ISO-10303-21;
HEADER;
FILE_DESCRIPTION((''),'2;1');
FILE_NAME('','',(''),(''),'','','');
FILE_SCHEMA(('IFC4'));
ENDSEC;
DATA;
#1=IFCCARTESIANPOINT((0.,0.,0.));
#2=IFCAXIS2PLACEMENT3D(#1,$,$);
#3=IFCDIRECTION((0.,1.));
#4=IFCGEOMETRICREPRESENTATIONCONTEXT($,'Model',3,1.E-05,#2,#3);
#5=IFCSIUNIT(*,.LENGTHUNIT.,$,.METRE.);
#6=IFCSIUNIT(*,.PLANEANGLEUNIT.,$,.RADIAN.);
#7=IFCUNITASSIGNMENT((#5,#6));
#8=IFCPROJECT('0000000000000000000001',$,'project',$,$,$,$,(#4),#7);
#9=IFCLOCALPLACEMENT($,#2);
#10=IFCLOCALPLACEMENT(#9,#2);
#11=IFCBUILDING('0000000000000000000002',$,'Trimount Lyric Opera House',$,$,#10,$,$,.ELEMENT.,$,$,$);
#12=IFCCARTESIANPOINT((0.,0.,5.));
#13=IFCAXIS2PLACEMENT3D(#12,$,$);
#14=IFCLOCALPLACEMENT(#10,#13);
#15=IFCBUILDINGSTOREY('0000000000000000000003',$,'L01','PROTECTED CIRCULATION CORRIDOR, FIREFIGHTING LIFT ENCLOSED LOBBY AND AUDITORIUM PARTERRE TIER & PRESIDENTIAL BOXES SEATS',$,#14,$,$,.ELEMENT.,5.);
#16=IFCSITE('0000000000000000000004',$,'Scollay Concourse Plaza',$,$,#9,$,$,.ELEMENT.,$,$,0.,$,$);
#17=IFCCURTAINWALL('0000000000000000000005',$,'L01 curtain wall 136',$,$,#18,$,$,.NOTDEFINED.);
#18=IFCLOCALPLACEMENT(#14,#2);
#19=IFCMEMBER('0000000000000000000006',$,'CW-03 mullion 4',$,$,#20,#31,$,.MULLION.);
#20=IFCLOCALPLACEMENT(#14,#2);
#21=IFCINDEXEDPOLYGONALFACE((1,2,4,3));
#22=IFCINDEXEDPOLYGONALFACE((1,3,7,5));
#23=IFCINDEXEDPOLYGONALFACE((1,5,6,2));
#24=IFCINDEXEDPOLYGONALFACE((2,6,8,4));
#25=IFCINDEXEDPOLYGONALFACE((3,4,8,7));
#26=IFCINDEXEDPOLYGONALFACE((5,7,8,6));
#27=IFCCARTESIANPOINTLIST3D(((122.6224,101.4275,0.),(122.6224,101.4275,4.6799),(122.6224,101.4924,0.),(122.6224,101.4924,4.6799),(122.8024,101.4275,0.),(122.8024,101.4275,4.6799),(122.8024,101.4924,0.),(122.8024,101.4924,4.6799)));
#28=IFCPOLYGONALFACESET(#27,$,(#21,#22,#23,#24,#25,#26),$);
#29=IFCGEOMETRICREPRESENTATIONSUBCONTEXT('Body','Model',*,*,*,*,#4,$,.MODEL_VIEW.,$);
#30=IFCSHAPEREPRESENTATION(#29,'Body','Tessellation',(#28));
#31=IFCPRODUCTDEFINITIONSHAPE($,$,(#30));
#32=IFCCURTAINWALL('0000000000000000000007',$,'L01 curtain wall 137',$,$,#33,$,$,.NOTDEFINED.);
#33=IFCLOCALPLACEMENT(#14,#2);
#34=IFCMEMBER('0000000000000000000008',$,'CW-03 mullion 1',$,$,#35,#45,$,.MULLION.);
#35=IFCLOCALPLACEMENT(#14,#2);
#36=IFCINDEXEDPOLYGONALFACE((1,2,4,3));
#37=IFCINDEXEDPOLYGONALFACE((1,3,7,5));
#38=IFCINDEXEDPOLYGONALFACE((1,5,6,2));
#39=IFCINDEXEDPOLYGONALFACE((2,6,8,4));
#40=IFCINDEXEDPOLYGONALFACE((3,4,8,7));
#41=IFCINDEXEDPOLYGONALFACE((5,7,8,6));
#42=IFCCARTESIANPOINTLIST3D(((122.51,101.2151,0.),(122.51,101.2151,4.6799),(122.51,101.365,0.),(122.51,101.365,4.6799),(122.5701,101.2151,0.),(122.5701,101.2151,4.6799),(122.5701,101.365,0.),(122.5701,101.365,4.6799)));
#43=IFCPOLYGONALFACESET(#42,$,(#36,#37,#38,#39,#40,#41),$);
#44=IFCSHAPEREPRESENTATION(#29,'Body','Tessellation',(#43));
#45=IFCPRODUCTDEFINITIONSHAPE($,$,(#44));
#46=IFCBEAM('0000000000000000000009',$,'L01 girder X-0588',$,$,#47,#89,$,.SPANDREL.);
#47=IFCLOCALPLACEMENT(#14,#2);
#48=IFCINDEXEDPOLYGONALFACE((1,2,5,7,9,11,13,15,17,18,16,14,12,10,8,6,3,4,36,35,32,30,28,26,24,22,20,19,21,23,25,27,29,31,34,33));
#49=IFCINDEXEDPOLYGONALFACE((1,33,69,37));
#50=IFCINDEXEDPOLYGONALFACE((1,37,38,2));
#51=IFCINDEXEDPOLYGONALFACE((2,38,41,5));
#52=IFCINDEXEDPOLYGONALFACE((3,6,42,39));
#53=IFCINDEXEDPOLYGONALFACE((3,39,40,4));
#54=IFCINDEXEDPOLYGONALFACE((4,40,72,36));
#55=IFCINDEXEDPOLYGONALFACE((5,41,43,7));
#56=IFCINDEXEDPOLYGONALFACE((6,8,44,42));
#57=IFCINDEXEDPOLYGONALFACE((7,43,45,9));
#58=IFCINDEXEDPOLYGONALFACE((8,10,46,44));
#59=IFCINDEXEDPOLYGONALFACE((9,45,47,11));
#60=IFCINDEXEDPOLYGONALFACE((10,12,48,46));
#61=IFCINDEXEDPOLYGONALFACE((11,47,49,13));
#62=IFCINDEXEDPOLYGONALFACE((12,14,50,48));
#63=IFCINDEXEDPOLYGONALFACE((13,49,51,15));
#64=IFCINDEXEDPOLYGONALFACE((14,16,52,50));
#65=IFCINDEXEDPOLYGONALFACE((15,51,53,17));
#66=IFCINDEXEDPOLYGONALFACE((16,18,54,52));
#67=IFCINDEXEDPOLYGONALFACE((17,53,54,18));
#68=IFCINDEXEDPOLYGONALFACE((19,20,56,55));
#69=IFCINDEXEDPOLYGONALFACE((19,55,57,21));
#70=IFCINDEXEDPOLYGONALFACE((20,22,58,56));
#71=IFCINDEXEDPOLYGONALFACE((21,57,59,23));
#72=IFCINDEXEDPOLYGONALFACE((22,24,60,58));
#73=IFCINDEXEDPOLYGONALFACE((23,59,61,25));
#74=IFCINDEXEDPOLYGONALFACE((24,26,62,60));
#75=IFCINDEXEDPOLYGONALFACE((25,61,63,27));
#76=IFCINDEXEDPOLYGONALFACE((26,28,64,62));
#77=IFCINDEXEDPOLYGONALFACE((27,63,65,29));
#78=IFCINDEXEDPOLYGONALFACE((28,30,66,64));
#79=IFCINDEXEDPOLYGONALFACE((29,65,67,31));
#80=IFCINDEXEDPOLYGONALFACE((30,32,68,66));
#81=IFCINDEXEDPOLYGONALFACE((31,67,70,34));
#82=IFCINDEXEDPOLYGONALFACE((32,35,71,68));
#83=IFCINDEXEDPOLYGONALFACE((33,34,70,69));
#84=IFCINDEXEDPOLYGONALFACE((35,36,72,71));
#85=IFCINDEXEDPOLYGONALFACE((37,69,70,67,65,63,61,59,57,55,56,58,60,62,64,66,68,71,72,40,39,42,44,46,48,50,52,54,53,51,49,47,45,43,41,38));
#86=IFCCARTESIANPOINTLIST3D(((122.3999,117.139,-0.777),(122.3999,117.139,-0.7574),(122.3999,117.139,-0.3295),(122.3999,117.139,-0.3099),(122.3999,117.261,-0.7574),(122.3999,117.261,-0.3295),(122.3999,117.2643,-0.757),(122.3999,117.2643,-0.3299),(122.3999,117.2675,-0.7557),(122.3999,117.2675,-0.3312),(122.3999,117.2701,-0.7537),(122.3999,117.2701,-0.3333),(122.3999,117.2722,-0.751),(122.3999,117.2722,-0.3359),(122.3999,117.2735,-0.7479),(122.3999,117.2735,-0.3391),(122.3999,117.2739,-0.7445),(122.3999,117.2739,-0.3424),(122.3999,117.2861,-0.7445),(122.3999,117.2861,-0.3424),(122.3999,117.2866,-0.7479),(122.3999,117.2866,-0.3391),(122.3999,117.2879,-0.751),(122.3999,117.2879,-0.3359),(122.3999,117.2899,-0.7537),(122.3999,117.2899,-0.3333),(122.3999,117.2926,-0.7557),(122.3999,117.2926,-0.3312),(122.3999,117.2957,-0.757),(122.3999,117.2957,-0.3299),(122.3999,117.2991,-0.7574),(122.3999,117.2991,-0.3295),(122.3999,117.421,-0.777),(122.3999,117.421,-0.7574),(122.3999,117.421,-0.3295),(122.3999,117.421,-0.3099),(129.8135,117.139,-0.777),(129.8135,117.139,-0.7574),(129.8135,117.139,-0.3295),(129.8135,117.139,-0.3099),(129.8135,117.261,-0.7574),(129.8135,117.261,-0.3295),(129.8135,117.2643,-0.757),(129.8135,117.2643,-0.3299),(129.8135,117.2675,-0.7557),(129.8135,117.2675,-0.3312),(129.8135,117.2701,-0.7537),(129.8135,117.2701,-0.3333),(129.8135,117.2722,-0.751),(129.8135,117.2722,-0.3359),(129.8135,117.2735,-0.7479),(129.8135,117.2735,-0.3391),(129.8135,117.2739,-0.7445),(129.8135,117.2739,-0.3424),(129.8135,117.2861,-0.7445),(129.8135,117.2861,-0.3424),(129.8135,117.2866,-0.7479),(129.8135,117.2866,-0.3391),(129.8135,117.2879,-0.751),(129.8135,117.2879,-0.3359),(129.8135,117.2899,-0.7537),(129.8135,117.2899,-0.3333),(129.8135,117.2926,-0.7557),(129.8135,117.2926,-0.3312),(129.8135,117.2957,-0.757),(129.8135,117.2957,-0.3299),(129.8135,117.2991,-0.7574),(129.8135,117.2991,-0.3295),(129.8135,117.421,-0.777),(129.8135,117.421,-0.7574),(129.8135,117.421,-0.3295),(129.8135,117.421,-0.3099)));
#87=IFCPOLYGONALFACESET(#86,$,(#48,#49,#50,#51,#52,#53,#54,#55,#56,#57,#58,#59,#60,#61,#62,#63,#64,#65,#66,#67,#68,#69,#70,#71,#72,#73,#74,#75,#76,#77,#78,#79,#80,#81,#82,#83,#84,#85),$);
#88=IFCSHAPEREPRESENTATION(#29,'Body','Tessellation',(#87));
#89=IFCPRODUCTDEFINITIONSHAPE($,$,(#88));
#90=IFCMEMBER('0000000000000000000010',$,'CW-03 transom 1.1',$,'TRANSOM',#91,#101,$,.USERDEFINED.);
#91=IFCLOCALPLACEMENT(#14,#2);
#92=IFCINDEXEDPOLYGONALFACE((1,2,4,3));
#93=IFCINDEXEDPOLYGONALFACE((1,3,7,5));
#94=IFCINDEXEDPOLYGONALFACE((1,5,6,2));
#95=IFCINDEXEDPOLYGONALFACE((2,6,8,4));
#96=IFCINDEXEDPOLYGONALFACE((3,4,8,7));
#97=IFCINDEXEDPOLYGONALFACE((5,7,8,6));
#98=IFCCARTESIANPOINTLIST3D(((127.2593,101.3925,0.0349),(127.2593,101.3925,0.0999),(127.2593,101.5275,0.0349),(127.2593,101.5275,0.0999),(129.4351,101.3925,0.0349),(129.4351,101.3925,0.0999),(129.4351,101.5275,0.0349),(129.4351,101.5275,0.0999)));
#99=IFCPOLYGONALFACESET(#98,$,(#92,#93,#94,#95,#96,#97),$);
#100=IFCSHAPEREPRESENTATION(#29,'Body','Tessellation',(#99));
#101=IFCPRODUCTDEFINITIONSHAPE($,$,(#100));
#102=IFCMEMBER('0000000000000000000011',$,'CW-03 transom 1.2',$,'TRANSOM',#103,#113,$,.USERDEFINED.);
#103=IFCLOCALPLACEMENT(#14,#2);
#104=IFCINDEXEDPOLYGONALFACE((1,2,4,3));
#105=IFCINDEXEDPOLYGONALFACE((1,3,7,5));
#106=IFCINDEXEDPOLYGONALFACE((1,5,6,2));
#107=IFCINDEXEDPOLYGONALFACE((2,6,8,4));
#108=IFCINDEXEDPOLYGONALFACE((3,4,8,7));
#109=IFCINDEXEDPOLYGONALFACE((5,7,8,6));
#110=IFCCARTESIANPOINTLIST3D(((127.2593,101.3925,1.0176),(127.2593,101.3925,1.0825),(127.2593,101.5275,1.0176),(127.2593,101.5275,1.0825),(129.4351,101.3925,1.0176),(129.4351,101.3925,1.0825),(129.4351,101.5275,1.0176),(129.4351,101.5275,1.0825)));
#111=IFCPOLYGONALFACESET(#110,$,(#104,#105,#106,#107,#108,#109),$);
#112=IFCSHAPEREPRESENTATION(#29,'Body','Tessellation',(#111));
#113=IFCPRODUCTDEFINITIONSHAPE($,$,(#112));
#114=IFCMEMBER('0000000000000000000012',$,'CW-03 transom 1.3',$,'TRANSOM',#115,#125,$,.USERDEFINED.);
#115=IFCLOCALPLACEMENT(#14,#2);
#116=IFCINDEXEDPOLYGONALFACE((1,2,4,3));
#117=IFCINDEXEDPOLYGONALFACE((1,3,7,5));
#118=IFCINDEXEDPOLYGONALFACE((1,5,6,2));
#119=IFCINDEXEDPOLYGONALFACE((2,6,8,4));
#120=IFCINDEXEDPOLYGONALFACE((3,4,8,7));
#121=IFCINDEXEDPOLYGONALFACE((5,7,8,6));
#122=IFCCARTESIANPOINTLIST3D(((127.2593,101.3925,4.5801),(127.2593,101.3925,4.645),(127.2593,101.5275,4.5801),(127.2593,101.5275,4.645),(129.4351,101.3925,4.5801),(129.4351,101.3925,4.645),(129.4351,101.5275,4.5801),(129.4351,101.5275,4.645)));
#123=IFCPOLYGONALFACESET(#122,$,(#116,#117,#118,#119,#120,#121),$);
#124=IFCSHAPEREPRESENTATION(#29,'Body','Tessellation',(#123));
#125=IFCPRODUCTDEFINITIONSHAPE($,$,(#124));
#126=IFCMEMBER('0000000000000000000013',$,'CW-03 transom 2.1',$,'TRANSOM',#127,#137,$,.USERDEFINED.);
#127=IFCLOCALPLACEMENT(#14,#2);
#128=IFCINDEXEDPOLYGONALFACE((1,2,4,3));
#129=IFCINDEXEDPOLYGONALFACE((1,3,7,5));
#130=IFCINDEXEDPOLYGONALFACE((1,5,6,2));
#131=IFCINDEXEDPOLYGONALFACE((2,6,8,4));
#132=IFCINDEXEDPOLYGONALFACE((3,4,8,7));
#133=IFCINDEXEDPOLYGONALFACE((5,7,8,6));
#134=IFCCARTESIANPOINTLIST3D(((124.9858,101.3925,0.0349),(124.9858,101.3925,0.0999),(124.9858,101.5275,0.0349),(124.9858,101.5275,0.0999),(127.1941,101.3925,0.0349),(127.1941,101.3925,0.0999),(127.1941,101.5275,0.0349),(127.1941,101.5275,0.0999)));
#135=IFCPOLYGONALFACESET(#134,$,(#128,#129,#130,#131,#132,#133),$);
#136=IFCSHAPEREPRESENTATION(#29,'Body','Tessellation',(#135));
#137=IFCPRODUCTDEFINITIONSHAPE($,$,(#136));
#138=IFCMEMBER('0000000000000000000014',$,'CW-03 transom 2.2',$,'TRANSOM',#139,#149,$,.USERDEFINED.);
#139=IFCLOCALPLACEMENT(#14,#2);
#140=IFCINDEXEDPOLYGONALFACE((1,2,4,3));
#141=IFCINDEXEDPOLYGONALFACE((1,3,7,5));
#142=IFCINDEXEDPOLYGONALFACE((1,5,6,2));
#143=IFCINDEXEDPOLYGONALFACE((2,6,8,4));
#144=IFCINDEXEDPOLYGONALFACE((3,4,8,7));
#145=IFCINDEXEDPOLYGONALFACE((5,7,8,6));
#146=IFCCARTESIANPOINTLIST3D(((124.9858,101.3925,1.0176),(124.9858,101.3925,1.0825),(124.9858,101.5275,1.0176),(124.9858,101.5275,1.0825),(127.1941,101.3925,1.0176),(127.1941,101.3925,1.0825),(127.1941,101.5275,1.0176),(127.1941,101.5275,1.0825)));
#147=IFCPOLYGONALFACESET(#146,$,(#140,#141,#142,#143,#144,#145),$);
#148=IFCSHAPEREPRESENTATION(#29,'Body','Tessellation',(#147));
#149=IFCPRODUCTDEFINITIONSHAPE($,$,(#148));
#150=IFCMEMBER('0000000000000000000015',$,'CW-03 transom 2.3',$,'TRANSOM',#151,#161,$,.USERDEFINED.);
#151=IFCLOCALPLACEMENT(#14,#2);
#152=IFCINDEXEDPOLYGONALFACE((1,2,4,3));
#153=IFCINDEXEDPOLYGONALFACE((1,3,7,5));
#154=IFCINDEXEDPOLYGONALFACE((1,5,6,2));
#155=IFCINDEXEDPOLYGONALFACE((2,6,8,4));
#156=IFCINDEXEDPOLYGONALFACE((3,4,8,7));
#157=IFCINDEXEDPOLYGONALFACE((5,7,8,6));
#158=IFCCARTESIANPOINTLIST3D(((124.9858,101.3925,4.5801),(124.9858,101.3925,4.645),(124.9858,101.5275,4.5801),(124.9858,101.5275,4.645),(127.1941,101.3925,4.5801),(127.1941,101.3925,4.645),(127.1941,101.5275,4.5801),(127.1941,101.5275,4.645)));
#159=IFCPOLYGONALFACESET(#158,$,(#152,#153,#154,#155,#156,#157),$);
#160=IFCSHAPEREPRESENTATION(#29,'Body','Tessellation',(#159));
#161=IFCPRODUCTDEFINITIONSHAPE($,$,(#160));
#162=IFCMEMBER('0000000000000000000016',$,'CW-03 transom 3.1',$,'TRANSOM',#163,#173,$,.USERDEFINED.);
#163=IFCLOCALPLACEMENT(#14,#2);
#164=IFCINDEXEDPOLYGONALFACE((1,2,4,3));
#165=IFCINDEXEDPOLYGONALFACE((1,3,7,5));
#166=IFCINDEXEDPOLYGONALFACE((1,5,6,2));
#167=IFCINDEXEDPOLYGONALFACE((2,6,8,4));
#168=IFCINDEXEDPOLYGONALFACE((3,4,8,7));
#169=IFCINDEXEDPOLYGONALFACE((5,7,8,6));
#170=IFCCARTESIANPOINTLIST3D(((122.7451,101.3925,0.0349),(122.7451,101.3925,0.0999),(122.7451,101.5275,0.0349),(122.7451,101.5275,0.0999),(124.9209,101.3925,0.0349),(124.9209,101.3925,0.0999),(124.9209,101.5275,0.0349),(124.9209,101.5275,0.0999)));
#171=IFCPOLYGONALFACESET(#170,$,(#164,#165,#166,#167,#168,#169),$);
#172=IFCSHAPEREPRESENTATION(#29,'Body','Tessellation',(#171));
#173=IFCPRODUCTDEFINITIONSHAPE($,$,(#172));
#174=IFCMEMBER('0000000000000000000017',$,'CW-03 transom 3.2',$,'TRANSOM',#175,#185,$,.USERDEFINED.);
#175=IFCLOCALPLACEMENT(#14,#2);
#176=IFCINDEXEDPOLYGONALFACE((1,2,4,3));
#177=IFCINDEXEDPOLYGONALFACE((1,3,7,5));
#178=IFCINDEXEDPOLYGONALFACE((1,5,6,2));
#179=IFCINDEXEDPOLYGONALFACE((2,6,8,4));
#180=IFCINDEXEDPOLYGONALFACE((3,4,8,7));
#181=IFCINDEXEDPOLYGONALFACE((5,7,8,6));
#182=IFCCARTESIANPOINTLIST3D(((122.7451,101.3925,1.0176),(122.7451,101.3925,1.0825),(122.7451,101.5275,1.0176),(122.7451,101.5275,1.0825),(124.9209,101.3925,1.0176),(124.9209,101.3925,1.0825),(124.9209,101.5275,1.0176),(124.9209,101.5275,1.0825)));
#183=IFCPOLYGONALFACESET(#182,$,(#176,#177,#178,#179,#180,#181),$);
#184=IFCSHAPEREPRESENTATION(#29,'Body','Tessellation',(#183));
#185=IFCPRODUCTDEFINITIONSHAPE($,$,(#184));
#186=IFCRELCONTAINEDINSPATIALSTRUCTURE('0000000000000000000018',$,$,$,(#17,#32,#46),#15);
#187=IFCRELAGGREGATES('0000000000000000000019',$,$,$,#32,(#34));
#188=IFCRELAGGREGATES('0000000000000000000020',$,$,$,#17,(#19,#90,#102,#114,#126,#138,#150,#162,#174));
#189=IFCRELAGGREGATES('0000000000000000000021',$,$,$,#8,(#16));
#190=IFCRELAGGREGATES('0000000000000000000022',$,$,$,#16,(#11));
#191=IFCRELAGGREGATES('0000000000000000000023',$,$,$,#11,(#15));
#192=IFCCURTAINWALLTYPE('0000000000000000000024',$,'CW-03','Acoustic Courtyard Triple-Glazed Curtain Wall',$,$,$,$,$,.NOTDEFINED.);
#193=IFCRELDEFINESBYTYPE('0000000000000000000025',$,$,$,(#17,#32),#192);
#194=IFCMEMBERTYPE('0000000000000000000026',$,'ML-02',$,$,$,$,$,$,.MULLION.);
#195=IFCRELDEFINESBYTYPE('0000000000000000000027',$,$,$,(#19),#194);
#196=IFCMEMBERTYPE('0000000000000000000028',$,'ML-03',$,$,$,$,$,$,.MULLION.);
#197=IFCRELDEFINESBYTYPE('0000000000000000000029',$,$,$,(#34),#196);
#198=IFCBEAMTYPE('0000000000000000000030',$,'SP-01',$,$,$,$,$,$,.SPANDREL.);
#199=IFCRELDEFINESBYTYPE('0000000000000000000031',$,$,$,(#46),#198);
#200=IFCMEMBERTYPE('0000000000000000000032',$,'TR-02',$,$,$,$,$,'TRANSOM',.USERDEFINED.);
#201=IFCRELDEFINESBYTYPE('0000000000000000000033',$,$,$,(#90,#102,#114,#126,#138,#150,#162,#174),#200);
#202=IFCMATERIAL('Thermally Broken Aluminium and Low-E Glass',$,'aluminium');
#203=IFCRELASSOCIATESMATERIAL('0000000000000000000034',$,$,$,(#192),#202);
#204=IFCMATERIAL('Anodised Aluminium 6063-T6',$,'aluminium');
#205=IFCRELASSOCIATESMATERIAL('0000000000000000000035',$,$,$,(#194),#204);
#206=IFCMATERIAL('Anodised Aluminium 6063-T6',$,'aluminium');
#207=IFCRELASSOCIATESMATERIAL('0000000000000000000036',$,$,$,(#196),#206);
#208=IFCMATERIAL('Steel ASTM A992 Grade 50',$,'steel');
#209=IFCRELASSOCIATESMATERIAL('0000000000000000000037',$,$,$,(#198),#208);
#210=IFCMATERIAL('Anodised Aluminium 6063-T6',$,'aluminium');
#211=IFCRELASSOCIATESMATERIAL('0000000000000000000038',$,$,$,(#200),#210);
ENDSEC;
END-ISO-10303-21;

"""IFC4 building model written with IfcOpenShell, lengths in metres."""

from ifc_helpers import new_model, si_unit, direction, frame, origin, origin_2d, place, context, subcontext, project, spatial, rectangle, i_section, extrude, material, material_profile, profile_set, type_object, element, aggregate, save


model = new_model("IFC4")

# Units and contexts
model_context = context("Model", 3, precision=1e-05, world=origin(), true_north=direction((0.0, 1.0)))
body_context = subcontext(model_context, "Body", "Model", "MODEL_VIEW")
ifc_project = project(units=[si_unit("LENGTHUNIT", "METRE"), si_unit("PLANEANGLEUNIT", "RADIAN")], contexts=[model_context])

# Site, building, storey
site_placement = place(None, origin())
site = spatial("IfcSite", under=ifc_project, at=site_placement, Name="Scollay Concourse Plaza", CompositionType="ELEMENT", RefElevation=0.0)
building_placement = place(site_placement, origin())
building = spatial("IfcBuilding", under=site, at=building_placement, Name="Trimount Lyric Opera House", CompositionType="ELEMENT")
storey_placement = place(building_placement, frame((0.0, 0.0, 5.0)))
storey = spatial("IfcBuildingStorey", under=building, at=storey_placement, Name="L01", Description="PROTECTED CIRCULATION CORRIDOR, FIREFIGHTING LIFT ENCLOSED LOBBY AND AUDITORIUM PARTERRE TIER & PRESIDENTIAL BOXES SEATS", CompositionType="ELEMENT", Elevation=5.0)

# Curtain wall, member
ifc_material_1 = material(Name="Thermally Broken Aluminium and Low-E Glass", Category="aluminium")
curtain_wall_type = type_object("IfcCurtainWallType", Name="CW-03", Description="Acoustic Courtyard Triple-Glazed Curtain Wall", PredefinedType="NOTDEFINED", material=ifc_material_1)
curtain_wall_1_placement = place(storey_placement, origin())
curtain_wall_1 = element("IfcCurtainWall", 1, at=curtain_wall_1_placement, inside=storey, type_object=curtain_wall_type, Name="L01 curtain wall 136", PredefinedType="NOTDEFINED")
ifc_material_2 = material(Name="Anodised Aluminium 6063-T6", Category="aluminium")
ifc_material_profile_1 = material_profile(ifc_material_2, rectangle(XDim=0.0649, YDim=0.1799, at=origin_2d()), Name="ALU-MULL-65X180")
ifc_profile_set_1 = profile_set([ifc_material_profile_1], Name="Anodised Aluminium 6063-T6")
member_type_1 = type_object("IfcMemberType", Name="ML-02", PredefinedType="MULLION", material=ifc_profile_set_1)
member_1_placement = place(storey_placement, frame((122.7124, 101.46, 0.0), z_axis=(0.0, 0.0, 1.0), x_axis=(0.0, -1.0, 0.0)))
member_1 = element("IfcMember", 2, at=member_1_placement, type_object=member_type_1, Name="CW-03 mullion 4", PredefinedType="MULLION", context=body_context, shape_type="SweptSolid", body=[
    extrude(rectangle(XDim=0.0649, YDim=0.1799, at=origin_2d()), origin(), (0.0, 0.0, 1.0), 4.6799),
])

# Curtain wall, member
curtain_wall_2_placement = place(storey_placement, origin())
curtain_wall_2 = element("IfcCurtainWall", 3, at=curtain_wall_2_placement, inside=storey, type_object=curtain_wall_type, Name="L01 curtain wall 137", PredefinedType="NOTDEFINED")
ifc_material_3 = material(Name="Anodised Aluminium 6063-T6", Category="aluminium")
ifc_material_profile_2 = material_profile(ifc_material_3, rectangle(XDim=0.0601, YDim=0.1499, at=origin_2d()), Name="ALU-MULL-60X150")
ifc_profile_set_2 = profile_set([ifc_material_profile_2], Name="Anodised Aluminium 6063-T6")
member_type_2 = type_object("IfcMemberType", Name="ML-03", PredefinedType="MULLION", material=ifc_profile_set_2)
member_2_placement = place(storey_placement, frame((122.54, 101.29, 0.0), z_axis=(0.0, 0.0, 1.0), x_axis=(1.0, 0.0, 0.0)))
member_2 = element("IfcMember", 4, at=member_2_placement, type_object=member_type_2, Name="CW-03 mullion 1", PredefinedType="MULLION", context=body_context, shape_type="SweptSolid", body=[
    extrude(rectangle(XDim=0.0601, YDim=0.1499, at=origin_2d()), origin(), (0.0, 0.0, 1.0), 4.6799),
])
aggregate(curtain_wall_2, [member_2])

# Beam
ifc_material_4 = material(Name="Steel ASTM A992 Grade 50", Category="steel")
ifc_material_profile_3 = material_profile(ifc_material_4, i_section(OverallWidth=0.282, OverallDepth=0.467, WebThickness=0.0122, FlangeThickness=0.0195, FilletRadius=0.0129, at=origin_2d()), Name="W18X86")
ifc_profile_set_3 = profile_set([ifc_material_profile_3], Name="Steel ASTM A992 Grade 50")
beam_type_1 = type_object("IfcBeamType", Name="SP-01", PredefinedType="SPANDREL", material=ifc_profile_set_3)
beam_1_placement = place(storey_placement, frame((122.3999, 117.28, -0.5435), z_axis=(1.0, 0.0, 0.0), x_axis=(0.0, 1.0, 0.0)))
element("IfcBeam", 5, at=beam_1_placement, inside=storey, type_object=beam_type_1, Name="L01 girder X-0588", PredefinedType="SPANDREL", context=body_context, shape_type="SweptSolid", body=[
    extrude(i_section(OverallWidth=0.282, OverallDepth=0.467, WebThickness=0.0122, FlangeThickness=0.0195, FilletRadius=0.0129, at=origin_2d()), origin(), (0.0, 0.0, 1.0), 7.4136),
])

# Members
ifc_material_5 = material(Name="Anodised Aluminium 6063-T6", Category="aluminium")
ifc_material_profile_4 = material_profile(ifc_material_5, rectangle(XDim=0.135, YDim=0.0649, at=origin_2d()), Name="ALU-TRAN-65X135")
ifc_profile_set_4 = profile_set([ifc_material_profile_4], Name="Anodised Aluminium 6063-T6")
member_type_3 = type_object("IfcMemberType", Name="TR-02", ElementType="TRANSOM", PredefinedType="USERDEFINED", material=ifc_profile_set_4)
member_3_placement = place(storey_placement, frame((129.4351, 101.46, 0.0674), z_axis=(-1.0, 0.0, 0.0), x_axis=(0.0, -1.0, 0.0)))
member_3 = element("IfcMember", 6, at=member_3_placement, type_object=member_type_3, Name="CW-03 transom 1.1", ObjectType="TRANSOM", PredefinedType="USERDEFINED", context=body_context, shape_type="SweptSolid", body=[
    extrude(rectangle(XDim=0.135, YDim=0.0649, at=origin_2d()), origin(), (0.0, 0.0, 1.0), 2.1758),
])
member_4_placement = place(storey_placement, frame((129.4351, 101.46, 1.05), z_axis=(-1.0, 0.0, 0.0), x_axis=(0.0, -1.0, 0.0)))
member_4 = element("IfcMember", 7, at=member_4_placement, type_object=member_type_3, Name="CW-03 transom 1.2", ObjectType="TRANSOM", PredefinedType="USERDEFINED", context=body_context, shape_type="SweptSolid", body=[
    extrude(rectangle(XDim=0.135, YDim=0.0649, at=origin_2d()), origin(), (0.0, 0.0, 1.0), 2.1758),
])
member_5_placement = place(storey_placement, frame((129.4351, 101.46, 4.6125), z_axis=(-1.0, 0.0, 0.0), x_axis=(0.0, -1.0, 0.0)))
member_5 = element("IfcMember", 8, at=member_5_placement, type_object=member_type_3, Name="CW-03 transom 1.3", ObjectType="TRANSOM", PredefinedType="USERDEFINED", context=body_context, shape_type="SweptSolid", body=[
    extrude(rectangle(XDim=0.135, YDim=0.0649, at=origin_2d()), origin(), (0.0, 0.0, 1.0), 2.1758),
])
member_6_placement = place(storey_placement, frame((127.1941, 101.46, 0.0674), z_axis=(-1.0, 0.0, 0.0), x_axis=(0.0, -1.0, 0.0)))
member_6 = element("IfcMember", 9, at=member_6_placement, type_object=member_type_3, Name="CW-03 transom 2.1", ObjectType="TRANSOM", PredefinedType="USERDEFINED", context=body_context, shape_type="SweptSolid", body=[
    extrude(rectangle(XDim=0.135, YDim=0.0649, at=origin_2d()), origin(), (0.0, 0.0, 1.0), 2.2083),
])
member_7_placement = place(storey_placement, frame((127.1941, 101.46, 1.05), z_axis=(-1.0, 0.0, 0.0), x_axis=(0.0, -1.0, 0.0)))
member_7 = element("IfcMember", 10, at=member_7_placement, type_object=member_type_3, Name="CW-03 transom 2.2", ObjectType="TRANSOM", PredefinedType="USERDEFINED", context=body_context, shape_type="SweptSolid", body=[
    extrude(rectangle(XDim=0.135, YDim=0.0649, at=origin_2d()), origin(), (0.0, 0.0, 1.0), 2.2083),
])
member_8_placement = place(storey_placement, frame((127.1941, 101.46, 4.6125), z_axis=(-1.0, 0.0, 0.0), x_axis=(0.0, -1.0, 0.0)))
member_8 = element("IfcMember", 11, at=member_8_placement, type_object=member_type_3, Name="CW-03 transom 2.3", ObjectType="TRANSOM", PredefinedType="USERDEFINED", context=body_context, shape_type="SweptSolid", body=[
    extrude(rectangle(XDim=0.135, YDim=0.0649, at=origin_2d()), origin(), (0.0, 0.0, 1.0), 2.2083),
])
member_9_placement = place(storey_placement, frame((124.9209, 101.46, 0.0674), z_axis=(-1.0, 0.0, 0.0), x_axis=(0.0, -1.0, 0.0)))
member_9 = element("IfcMember", 12, at=member_9_placement, type_object=member_type_3, Name="CW-03 transom 3.1", ObjectType="TRANSOM", PredefinedType="USERDEFINED", context=body_context, shape_type="SweptSolid", body=[
    extrude(rectangle(XDim=0.135, YDim=0.0649, at=origin_2d()), origin(), (0.0, 0.0, 1.0), 2.1758),
])
member_10_placement = place(storey_placement, frame((124.9209, 101.46, 1.05), z_axis=(-1.0, 0.0, 0.0), x_axis=(0.0, -1.0, 0.0)))
member_10 = element("IfcMember", 13, at=member_10_placement, type_object=member_type_3, Name="CW-03 transom 3.2", ObjectType="TRANSOM", PredefinedType="USERDEFINED", context=body_context, shape_type="SweptSolid", body=[
    extrude(rectangle(XDim=0.135, YDim=0.0649, at=origin_2d()), origin(), (0.0, 0.0, 1.0), 2.1758),
])

aggregate(curtain_wall_1, [member_1, member_3, member_4, member_5, member_6, member_7, member_8, member_9, member_10])

save(model, "model.ifc")
